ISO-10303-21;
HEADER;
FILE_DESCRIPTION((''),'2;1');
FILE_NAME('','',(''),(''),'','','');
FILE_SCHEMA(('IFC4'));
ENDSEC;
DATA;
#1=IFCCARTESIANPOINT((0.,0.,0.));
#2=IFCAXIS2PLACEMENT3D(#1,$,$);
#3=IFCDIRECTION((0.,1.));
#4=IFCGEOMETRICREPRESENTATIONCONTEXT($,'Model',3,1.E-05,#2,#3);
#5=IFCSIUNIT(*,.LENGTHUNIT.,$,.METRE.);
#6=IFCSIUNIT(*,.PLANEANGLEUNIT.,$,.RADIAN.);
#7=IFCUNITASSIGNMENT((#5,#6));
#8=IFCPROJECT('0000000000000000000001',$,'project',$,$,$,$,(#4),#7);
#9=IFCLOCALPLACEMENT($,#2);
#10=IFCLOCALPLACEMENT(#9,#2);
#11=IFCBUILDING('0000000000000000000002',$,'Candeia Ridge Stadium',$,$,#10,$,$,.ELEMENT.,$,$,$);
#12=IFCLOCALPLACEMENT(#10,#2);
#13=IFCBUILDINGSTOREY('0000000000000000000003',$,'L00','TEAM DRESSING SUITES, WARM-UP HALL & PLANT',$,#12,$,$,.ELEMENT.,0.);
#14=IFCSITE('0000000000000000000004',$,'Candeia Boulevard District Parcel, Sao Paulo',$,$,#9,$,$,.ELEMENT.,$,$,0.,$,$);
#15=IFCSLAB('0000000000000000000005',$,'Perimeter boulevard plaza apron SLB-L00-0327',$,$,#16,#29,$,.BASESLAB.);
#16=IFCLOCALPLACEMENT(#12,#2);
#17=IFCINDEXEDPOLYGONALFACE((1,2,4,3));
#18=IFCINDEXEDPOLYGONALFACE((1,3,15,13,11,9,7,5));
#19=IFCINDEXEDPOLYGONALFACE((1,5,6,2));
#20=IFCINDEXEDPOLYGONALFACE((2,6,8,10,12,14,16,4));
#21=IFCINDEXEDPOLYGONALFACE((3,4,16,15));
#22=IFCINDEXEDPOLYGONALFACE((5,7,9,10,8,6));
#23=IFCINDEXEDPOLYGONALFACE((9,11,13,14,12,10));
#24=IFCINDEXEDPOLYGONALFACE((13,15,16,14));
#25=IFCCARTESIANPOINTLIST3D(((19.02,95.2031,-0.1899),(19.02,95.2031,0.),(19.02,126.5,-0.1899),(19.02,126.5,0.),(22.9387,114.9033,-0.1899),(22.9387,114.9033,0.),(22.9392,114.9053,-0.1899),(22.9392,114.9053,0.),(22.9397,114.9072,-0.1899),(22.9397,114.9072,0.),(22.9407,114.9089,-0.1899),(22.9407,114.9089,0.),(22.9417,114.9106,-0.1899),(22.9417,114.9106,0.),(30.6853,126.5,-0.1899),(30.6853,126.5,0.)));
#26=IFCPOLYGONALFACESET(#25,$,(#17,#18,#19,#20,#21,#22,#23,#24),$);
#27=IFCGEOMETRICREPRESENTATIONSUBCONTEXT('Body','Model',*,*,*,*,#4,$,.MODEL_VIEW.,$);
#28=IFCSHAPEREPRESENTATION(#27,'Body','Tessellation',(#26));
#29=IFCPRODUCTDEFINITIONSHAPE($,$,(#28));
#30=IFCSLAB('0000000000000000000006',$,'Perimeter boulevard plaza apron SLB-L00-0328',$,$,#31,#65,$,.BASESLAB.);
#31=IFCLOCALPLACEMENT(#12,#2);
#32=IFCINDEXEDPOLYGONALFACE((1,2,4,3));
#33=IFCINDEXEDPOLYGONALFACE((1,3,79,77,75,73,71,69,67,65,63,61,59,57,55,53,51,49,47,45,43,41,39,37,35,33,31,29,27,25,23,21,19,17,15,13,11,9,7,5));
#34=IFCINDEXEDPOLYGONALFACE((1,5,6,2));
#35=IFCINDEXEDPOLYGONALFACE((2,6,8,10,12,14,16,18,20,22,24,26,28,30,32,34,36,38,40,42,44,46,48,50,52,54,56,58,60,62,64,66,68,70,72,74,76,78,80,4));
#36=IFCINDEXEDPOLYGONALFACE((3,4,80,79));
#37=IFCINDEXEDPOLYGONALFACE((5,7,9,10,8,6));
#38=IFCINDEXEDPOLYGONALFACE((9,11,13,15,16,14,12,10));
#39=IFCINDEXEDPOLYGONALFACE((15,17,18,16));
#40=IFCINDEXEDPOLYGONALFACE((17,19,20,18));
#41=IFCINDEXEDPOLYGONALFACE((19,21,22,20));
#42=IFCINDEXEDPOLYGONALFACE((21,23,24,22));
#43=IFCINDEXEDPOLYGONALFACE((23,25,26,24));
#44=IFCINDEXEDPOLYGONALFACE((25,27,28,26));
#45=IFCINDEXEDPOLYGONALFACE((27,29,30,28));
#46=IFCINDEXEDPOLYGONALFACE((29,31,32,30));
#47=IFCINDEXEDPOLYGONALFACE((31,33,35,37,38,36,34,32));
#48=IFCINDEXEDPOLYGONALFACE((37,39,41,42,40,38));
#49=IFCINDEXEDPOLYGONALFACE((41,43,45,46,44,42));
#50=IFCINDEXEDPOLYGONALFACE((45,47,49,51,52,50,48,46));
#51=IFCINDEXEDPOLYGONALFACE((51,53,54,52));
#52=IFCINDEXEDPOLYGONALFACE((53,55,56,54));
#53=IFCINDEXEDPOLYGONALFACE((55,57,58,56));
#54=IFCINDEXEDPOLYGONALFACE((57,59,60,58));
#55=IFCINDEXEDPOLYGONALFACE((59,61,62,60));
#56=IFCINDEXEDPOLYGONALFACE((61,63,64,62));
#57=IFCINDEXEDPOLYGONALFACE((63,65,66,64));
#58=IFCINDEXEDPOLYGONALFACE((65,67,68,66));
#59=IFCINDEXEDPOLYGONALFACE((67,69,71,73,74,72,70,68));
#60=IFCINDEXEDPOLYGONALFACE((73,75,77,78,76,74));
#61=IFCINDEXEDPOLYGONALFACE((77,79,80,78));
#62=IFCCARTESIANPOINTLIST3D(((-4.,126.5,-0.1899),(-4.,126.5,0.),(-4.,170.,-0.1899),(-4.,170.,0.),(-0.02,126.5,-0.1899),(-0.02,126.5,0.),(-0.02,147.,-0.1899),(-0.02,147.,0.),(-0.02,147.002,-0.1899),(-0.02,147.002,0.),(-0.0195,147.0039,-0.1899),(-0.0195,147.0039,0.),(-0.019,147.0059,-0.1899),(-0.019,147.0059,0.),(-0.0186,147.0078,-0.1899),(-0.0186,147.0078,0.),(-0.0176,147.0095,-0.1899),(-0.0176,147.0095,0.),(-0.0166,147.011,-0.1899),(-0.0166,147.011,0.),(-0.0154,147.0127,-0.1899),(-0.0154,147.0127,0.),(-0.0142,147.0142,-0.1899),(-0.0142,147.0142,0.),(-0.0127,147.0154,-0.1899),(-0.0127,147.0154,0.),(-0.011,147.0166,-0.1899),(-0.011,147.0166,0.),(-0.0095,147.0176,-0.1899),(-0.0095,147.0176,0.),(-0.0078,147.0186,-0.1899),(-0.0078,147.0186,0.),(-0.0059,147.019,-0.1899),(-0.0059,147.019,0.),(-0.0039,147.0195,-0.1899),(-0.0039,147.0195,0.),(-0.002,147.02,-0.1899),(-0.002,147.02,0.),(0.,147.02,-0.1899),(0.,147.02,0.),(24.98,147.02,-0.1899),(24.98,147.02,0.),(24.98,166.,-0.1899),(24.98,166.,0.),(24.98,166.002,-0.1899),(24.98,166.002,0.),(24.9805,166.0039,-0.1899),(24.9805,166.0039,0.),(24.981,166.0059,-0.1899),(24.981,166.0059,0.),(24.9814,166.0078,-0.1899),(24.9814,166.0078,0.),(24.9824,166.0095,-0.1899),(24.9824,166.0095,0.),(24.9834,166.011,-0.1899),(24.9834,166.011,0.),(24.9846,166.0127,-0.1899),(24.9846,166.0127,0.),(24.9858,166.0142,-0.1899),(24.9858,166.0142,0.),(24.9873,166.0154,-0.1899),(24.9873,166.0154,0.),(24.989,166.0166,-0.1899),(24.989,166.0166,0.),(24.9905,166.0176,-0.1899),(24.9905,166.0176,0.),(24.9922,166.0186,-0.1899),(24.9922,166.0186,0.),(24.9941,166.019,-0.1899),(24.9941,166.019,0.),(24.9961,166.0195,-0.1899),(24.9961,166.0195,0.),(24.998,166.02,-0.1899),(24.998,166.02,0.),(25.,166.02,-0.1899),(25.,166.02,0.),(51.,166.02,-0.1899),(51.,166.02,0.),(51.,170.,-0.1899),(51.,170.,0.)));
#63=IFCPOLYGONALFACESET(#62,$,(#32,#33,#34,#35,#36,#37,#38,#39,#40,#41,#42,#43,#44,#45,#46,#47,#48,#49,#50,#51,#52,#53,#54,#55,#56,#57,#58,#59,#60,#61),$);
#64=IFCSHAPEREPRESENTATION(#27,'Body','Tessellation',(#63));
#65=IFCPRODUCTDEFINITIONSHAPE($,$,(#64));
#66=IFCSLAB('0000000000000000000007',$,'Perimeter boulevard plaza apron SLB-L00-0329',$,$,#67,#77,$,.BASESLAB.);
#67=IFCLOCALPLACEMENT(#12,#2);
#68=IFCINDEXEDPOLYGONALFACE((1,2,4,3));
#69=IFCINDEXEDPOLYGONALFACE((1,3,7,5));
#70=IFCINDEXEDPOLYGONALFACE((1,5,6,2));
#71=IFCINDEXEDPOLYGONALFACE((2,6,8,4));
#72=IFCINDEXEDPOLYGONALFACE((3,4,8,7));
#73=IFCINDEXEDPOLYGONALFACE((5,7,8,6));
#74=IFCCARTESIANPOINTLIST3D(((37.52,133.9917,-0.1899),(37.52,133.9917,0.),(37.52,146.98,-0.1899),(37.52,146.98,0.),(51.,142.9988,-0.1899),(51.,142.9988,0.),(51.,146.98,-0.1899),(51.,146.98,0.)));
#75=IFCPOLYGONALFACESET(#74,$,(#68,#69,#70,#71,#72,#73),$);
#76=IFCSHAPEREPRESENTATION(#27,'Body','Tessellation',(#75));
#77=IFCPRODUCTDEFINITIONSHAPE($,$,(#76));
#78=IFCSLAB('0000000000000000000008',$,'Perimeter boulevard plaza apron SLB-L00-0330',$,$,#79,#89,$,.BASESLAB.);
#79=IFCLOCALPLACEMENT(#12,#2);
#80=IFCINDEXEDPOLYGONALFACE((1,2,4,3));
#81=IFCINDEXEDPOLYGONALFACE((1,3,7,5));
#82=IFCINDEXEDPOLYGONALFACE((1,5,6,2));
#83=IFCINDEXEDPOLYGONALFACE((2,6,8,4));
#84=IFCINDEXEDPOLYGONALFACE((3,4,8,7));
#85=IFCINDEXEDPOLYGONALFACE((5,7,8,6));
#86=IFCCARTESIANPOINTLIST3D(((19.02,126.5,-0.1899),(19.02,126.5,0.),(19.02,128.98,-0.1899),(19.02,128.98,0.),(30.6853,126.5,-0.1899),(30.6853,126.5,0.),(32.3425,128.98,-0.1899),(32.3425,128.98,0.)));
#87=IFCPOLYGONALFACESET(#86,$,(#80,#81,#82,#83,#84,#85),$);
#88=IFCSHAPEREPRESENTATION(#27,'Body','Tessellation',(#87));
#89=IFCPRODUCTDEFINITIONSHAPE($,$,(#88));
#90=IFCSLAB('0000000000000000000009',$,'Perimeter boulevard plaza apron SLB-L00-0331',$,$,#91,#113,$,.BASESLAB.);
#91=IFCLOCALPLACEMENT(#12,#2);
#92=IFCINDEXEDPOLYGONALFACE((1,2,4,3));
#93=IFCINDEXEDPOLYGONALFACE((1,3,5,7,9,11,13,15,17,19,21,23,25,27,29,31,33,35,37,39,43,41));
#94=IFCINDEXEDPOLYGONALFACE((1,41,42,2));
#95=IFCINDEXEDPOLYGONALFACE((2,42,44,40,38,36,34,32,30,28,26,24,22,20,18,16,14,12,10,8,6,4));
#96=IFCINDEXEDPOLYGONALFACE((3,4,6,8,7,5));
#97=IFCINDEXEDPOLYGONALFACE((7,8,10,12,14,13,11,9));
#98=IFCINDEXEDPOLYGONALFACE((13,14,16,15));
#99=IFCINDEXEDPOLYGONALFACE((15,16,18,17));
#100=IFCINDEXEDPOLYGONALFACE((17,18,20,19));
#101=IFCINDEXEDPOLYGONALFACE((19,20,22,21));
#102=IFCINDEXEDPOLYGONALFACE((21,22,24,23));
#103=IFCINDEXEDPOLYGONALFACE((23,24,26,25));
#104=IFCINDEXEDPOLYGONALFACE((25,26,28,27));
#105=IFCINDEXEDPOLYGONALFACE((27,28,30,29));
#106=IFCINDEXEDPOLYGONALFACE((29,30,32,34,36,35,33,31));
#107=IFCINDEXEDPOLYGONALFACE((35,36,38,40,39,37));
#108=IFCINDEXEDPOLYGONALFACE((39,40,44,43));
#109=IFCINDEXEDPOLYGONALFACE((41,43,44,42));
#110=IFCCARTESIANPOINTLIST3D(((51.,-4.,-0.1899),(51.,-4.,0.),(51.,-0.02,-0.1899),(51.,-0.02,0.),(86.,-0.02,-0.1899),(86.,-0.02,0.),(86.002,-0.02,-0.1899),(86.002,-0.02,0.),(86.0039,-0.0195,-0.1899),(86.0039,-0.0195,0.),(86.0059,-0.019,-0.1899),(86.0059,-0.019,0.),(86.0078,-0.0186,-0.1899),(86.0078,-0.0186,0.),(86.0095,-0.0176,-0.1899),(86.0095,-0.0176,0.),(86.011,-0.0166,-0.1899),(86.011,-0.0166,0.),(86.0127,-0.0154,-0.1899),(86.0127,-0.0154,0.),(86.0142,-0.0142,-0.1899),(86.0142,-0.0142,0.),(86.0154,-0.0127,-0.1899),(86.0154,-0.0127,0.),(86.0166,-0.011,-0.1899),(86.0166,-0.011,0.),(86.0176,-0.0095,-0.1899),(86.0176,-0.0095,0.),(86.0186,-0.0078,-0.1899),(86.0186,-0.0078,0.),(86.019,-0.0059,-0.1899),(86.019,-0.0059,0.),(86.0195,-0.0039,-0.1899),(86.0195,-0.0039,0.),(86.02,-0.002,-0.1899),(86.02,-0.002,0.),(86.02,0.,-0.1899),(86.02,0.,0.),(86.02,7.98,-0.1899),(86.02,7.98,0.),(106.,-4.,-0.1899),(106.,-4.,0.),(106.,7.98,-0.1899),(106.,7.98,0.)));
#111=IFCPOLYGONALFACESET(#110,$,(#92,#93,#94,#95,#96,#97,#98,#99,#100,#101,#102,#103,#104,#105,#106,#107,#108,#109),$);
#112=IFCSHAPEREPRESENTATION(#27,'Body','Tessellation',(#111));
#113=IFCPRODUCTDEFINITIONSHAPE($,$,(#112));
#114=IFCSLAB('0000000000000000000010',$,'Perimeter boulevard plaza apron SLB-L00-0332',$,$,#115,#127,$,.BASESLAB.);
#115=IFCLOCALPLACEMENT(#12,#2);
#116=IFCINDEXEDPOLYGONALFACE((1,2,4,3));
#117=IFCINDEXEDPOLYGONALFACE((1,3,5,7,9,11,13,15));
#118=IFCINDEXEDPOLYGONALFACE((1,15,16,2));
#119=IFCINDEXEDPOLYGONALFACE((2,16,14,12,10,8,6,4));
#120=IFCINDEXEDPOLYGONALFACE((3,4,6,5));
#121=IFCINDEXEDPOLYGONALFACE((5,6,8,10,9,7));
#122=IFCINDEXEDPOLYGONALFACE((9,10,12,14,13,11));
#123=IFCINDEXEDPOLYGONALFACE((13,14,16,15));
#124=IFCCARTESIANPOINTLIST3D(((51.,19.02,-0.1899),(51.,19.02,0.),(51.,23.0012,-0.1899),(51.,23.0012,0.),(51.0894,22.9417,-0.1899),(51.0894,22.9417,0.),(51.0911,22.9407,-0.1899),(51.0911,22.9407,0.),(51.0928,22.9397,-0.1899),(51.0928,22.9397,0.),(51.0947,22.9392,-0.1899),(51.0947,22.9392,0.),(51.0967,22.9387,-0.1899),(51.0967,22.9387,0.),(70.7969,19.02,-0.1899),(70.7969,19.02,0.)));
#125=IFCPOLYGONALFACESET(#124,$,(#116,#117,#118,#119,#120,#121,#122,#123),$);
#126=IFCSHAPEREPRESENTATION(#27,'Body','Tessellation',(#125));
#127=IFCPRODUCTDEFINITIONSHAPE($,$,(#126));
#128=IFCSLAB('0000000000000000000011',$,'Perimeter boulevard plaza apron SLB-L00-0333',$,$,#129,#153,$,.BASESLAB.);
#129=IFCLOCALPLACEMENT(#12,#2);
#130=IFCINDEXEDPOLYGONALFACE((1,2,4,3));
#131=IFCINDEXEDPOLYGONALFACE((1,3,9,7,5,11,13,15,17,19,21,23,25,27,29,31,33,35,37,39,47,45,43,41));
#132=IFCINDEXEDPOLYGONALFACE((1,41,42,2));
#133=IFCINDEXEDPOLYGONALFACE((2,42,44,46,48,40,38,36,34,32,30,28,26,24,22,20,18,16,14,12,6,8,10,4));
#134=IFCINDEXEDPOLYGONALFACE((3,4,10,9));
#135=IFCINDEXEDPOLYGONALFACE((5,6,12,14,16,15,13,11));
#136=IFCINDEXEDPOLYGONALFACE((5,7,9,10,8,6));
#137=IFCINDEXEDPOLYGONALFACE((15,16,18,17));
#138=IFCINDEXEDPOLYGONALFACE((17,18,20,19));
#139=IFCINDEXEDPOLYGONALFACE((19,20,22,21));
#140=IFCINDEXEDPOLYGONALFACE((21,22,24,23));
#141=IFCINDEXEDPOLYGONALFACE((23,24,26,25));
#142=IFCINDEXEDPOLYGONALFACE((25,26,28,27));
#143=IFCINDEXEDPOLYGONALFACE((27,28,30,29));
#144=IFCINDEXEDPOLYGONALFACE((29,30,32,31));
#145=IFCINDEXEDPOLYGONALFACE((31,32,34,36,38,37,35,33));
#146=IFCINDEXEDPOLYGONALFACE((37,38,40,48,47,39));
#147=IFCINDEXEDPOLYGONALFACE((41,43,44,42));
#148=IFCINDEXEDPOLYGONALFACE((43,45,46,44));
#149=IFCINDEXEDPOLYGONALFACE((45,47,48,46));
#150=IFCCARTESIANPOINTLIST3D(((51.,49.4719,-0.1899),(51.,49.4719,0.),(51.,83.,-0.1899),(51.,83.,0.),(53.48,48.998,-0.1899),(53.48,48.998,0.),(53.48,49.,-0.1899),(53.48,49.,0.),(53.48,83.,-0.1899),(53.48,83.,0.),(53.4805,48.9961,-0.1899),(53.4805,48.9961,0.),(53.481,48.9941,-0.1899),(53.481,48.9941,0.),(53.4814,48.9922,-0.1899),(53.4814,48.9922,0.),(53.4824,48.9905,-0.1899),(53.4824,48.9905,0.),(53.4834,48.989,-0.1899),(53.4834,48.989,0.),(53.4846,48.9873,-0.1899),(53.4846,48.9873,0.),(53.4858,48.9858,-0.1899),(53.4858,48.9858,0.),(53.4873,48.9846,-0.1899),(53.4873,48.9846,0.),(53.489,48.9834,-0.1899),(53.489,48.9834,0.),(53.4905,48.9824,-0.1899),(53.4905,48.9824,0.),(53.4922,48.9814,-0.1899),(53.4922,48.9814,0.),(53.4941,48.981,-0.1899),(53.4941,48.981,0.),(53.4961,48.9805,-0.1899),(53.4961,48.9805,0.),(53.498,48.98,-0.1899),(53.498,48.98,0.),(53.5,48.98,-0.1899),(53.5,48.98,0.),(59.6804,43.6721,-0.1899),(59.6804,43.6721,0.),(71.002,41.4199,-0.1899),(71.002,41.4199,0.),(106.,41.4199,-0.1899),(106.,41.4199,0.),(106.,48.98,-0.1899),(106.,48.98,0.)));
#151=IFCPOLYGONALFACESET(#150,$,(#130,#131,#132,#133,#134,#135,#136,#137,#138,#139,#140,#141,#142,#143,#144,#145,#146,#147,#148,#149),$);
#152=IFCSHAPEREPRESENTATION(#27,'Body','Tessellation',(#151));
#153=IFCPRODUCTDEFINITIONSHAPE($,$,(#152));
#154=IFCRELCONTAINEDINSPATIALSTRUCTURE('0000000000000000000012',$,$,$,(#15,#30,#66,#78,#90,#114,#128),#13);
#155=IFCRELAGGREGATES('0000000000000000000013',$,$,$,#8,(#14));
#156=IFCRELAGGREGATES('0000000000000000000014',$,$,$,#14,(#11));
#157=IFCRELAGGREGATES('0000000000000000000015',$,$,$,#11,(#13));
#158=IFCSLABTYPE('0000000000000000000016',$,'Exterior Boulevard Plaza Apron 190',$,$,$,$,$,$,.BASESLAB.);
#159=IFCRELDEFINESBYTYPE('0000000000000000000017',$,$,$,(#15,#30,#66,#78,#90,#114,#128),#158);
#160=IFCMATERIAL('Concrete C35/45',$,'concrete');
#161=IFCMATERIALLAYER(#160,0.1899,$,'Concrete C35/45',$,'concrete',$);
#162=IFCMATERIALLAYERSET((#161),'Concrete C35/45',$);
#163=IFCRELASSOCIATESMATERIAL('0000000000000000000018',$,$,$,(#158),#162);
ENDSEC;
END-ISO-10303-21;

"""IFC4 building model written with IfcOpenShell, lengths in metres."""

from ifc_helpers import new_model, si_unit, direction, frame, origin, place, context, subcontext, project, spatial, polyline, outline, extrude, material, layer, layer_set, type_object, element, save


model = new_model("IFC4")

# Units and contexts
model_context = context("Model", 3, precision=1e-05, world=origin(), true_north=direction((0.0, 1.0)))
body_context = subcontext(model_context, "Body", "Model", "MODEL_VIEW")
ifc_project = project(units=[si_unit("LENGTHUNIT", "METRE"), si_unit("PLANEANGLEUNIT", "RADIAN")], contexts=[model_context])

# Site, building, storey
site_placement = place(None, origin())
site = spatial("IfcSite", under=ifc_project, at=site_placement, Name="Candeia Boulevard District Parcel, Sao Paulo", CompositionType="ELEMENT", RefElevation=0.0)
building_placement = place(site_placement, origin())
building = spatial("IfcBuilding", under=site, at=building_placement, Name="Candeia Ridge Stadium", CompositionType="ELEMENT")
storey_placement = place(building_placement, origin())
storey = spatial("IfcBuildingStorey", under=building, at=storey_placement, Name="L00", Description="TEAM DRESSING SUITES, WARM-UP HALL & PLANT", CompositionType="ELEMENT", Elevation=0.0)

# Slabs
ifc_material_1 = material(Name="Concrete C35/45", Category="concrete")
ifc_layer_1 = layer(ifc_material_1, 0.1899, Name="Concrete C35/45", Category="concrete")
ifc_layer_set_1 = layer_set([ifc_layer_1], Name="Concrete C35/45")
slab_type_1 = type_object("IfcSlabType", Name="Exterior Boulevard Plaza Apron 190", PredefinedType="BASESLAB", material=ifc_layer_set_1)
slab_1_placement = place(storey_placement, frame((0.0, 0.0, -0.1899)))
element("IfcSlab", 1, at=slab_1_placement, inside=storey, type_object=slab_type_1, Name="Perimeter boulevard plaza apron SLB-L00-0327", PredefinedType="BASESLAB", context=body_context, shape_type="SweptSolid", body=[
    extrude(outline(polyline([(19.02, 126.5), (30.6853, 126.5), (22.9417, 114.9106), (22.9407, 114.9089), (22.9397, 114.9072), (22.9392, 114.9053), (22.9387, 114.9033), (19.02, 95.2031), (19.02, 126.5)])), origin(), (0.0, 0.0, 1.0), 0.1899),
])
slab_2_placement = place(storey_placement, frame((0.0, 0.0, -0.1899)))
element("IfcSlab", 2, at=slab_2_placement, inside=storey, type_object=slab_type_1, Name="Perimeter boulevard plaza apron SLB-L00-0328", PredefinedType="BASESLAB", context=body_context, shape_type="SweptSolid", body=[
    extrude(outline(polyline([(-4.0, 170.0), (51.0, 170.0), (51.0, 166.02), (25.0, 166.02), (24.998, 166.02), (24.9961, 166.0195), (24.9941, 166.019), (24.9922, 166.0186), (24.9905, 166.0176), (24.989, 166.0166), (24.9873, 166.0154), (24.9858, 166.0142), (24.9846, 166.0127), (24.9834, 166.011), (24.9824, 166.0095), (24.9814, 166.0078), (24.981, 166.0059), (24.9805, 166.0039), (24.98, 166.002), (24.98, 166.0), (24.98, 147.02), (0.0, 147.02), (-0.002, 147.02), (-0.0039, 147.0195), (-0.0059, 147.019), (-0.0078, 147.0186), (-0.0095, 147.0176), (-0.011, 147.0166), (-0.0127, 147.0154), (-0.0142, 147.0142), (-0.0154, 147.0127), (-0.0166, 147.011), (-0.0176, 147.0095), (-0.0186, 147.0078), (-0.019, 147.0059), (-0.0195, 147.0039), (-0.02, 147.002), (-0.02, 147.0), (-0.02, 126.5), (-4.0, 126.5), (-4.0, 170.0)])), origin(), (0.0, 0.0, 1.0), 0.1899),
])
slab_3_placement = place(storey_placement, frame((0.0, 0.0, -0.1899)))
element("IfcSlab", 3, at=slab_3_placement, inside=storey, type_object=slab_type_1, Name="Perimeter boulevard plaza apron SLB-L00-0329", PredefinedType="BASESLAB", context=body_context, shape_type="SweptSolid", body=[
    extrude(outline(polyline([(51.0, 146.98), (51.0, 142.9988), (37.52, 133.9917), (37.52, 146.98), (51.0, 146.98)])), origin(), (0.0, 0.0, 1.0), 0.1899),
])
slab_4_placement = place(storey_placement, frame((0.0, 0.0, -0.1899)))
element("IfcSlab", 4, at=slab_4_placement, inside=storey, type_object=slab_type_1, Name="Perimeter boulevard plaza apron SLB-L00-0330", PredefinedType="BASESLAB", context=body_context, shape_type="SweptSolid", body=[
    extrude(outline(polyline([(19.02, 128.98), (32.3425, 128.98), (30.6853, 126.5), (19.02, 126.5), (19.02, 128.98)])), origin(), (0.0, 0.0, 1.0), 0.1899),
])
slab_5_placement = place(storey_placement, frame((0.0, 0.0, -0.1899)))
element("IfcSlab", 5, at=slab_5_placement, inside=storey, type_object=slab_type_1, Name="Perimeter boulevard plaza apron SLB-L00-0331", PredefinedType="BASESLAB", context=body_context, shape_type="SweptSolid", body=[
    extrude(outline(polyline([(51.0, -4.0), (51.0, -0.02), (86.0, -0.02), (86.002, -0.02), (86.0039, -0.0195), (86.0059, -0.019), (86.0078, -0.0186), (86.0095, -0.0176), (86.011, -0.0166), (86.0127, -0.0154), (86.0142, -0.0142), (86.0154, -0.0127), (86.0166, -0.011), (86.0176, -0.0095), (86.0186, -0.0078), (86.019, -0.0059), (86.0195, -0.0039), (86.02, -0.002), (86.02, 0.0), (86.02, 7.98), (106.0, 7.98), (106.0, -4.0), (51.0, -4.0)])), origin(), (0.0, 0.0, 1.0), 0.1899),
])
slab_6_placement = place(storey_placement, frame((0.0, 0.0, -0.1899)))
element("IfcSlab", 6, at=slab_6_placement, inside=storey, type_object=slab_type_1, Name="Perimeter boulevard plaza apron SLB-L00-0332", PredefinedType="BASESLAB", context=body_context, shape_type="SweptSolid", body=[
    extrude(outline(polyline([(51.0911, 22.9407), (51.0928, 22.9397), (51.0947, 22.9392), (51.0967, 22.9387), (70.7969, 19.02), (51.0, 19.02), (51.0, 23.0012), (51.0894, 22.9417), (51.0911, 22.9407)])), origin(), (0.0, 0.0, 1.0), 0.1899),
])
slab_7_placement = place(storey_placement, frame((0.0, 0.0, -0.1899)))
element("IfcSlab", 7, at=slab_7_placement, inside=storey, type_object=slab_type_1, Name="Perimeter boulevard plaza apron SLB-L00-0333", PredefinedType="BASESLAB", context=body_context, shape_type="SweptSolid", body=[
    extrude(outline(polyline([(71.002, 41.4199), (59.6804, 43.6721), (51.0, 49.4719), (51.0, 83.0), (53.48, 83.0), (53.48, 49.0), (53.48, 48.998), (53.4805, 48.9961), (53.481, 48.9941), (53.4814, 48.9922), (53.4824, 48.9905), (53.4834, 48.989), (53.4846, 48.9873), (53.4858, 48.9858), (53.4873, 48.9846), (53.489, 48.9834), (53.4905, 48.9824), (53.4922, 48.9814), (53.4941, 48.981), (53.4961, 48.9805), (53.498, 48.98), (53.5, 48.98), (106.0, 48.98), (106.0, 41.4199), (71.002, 41.4199)])), origin(), (0.0, 0.0, 1.0), 0.1899),
])

save(model, "model.ifc")
